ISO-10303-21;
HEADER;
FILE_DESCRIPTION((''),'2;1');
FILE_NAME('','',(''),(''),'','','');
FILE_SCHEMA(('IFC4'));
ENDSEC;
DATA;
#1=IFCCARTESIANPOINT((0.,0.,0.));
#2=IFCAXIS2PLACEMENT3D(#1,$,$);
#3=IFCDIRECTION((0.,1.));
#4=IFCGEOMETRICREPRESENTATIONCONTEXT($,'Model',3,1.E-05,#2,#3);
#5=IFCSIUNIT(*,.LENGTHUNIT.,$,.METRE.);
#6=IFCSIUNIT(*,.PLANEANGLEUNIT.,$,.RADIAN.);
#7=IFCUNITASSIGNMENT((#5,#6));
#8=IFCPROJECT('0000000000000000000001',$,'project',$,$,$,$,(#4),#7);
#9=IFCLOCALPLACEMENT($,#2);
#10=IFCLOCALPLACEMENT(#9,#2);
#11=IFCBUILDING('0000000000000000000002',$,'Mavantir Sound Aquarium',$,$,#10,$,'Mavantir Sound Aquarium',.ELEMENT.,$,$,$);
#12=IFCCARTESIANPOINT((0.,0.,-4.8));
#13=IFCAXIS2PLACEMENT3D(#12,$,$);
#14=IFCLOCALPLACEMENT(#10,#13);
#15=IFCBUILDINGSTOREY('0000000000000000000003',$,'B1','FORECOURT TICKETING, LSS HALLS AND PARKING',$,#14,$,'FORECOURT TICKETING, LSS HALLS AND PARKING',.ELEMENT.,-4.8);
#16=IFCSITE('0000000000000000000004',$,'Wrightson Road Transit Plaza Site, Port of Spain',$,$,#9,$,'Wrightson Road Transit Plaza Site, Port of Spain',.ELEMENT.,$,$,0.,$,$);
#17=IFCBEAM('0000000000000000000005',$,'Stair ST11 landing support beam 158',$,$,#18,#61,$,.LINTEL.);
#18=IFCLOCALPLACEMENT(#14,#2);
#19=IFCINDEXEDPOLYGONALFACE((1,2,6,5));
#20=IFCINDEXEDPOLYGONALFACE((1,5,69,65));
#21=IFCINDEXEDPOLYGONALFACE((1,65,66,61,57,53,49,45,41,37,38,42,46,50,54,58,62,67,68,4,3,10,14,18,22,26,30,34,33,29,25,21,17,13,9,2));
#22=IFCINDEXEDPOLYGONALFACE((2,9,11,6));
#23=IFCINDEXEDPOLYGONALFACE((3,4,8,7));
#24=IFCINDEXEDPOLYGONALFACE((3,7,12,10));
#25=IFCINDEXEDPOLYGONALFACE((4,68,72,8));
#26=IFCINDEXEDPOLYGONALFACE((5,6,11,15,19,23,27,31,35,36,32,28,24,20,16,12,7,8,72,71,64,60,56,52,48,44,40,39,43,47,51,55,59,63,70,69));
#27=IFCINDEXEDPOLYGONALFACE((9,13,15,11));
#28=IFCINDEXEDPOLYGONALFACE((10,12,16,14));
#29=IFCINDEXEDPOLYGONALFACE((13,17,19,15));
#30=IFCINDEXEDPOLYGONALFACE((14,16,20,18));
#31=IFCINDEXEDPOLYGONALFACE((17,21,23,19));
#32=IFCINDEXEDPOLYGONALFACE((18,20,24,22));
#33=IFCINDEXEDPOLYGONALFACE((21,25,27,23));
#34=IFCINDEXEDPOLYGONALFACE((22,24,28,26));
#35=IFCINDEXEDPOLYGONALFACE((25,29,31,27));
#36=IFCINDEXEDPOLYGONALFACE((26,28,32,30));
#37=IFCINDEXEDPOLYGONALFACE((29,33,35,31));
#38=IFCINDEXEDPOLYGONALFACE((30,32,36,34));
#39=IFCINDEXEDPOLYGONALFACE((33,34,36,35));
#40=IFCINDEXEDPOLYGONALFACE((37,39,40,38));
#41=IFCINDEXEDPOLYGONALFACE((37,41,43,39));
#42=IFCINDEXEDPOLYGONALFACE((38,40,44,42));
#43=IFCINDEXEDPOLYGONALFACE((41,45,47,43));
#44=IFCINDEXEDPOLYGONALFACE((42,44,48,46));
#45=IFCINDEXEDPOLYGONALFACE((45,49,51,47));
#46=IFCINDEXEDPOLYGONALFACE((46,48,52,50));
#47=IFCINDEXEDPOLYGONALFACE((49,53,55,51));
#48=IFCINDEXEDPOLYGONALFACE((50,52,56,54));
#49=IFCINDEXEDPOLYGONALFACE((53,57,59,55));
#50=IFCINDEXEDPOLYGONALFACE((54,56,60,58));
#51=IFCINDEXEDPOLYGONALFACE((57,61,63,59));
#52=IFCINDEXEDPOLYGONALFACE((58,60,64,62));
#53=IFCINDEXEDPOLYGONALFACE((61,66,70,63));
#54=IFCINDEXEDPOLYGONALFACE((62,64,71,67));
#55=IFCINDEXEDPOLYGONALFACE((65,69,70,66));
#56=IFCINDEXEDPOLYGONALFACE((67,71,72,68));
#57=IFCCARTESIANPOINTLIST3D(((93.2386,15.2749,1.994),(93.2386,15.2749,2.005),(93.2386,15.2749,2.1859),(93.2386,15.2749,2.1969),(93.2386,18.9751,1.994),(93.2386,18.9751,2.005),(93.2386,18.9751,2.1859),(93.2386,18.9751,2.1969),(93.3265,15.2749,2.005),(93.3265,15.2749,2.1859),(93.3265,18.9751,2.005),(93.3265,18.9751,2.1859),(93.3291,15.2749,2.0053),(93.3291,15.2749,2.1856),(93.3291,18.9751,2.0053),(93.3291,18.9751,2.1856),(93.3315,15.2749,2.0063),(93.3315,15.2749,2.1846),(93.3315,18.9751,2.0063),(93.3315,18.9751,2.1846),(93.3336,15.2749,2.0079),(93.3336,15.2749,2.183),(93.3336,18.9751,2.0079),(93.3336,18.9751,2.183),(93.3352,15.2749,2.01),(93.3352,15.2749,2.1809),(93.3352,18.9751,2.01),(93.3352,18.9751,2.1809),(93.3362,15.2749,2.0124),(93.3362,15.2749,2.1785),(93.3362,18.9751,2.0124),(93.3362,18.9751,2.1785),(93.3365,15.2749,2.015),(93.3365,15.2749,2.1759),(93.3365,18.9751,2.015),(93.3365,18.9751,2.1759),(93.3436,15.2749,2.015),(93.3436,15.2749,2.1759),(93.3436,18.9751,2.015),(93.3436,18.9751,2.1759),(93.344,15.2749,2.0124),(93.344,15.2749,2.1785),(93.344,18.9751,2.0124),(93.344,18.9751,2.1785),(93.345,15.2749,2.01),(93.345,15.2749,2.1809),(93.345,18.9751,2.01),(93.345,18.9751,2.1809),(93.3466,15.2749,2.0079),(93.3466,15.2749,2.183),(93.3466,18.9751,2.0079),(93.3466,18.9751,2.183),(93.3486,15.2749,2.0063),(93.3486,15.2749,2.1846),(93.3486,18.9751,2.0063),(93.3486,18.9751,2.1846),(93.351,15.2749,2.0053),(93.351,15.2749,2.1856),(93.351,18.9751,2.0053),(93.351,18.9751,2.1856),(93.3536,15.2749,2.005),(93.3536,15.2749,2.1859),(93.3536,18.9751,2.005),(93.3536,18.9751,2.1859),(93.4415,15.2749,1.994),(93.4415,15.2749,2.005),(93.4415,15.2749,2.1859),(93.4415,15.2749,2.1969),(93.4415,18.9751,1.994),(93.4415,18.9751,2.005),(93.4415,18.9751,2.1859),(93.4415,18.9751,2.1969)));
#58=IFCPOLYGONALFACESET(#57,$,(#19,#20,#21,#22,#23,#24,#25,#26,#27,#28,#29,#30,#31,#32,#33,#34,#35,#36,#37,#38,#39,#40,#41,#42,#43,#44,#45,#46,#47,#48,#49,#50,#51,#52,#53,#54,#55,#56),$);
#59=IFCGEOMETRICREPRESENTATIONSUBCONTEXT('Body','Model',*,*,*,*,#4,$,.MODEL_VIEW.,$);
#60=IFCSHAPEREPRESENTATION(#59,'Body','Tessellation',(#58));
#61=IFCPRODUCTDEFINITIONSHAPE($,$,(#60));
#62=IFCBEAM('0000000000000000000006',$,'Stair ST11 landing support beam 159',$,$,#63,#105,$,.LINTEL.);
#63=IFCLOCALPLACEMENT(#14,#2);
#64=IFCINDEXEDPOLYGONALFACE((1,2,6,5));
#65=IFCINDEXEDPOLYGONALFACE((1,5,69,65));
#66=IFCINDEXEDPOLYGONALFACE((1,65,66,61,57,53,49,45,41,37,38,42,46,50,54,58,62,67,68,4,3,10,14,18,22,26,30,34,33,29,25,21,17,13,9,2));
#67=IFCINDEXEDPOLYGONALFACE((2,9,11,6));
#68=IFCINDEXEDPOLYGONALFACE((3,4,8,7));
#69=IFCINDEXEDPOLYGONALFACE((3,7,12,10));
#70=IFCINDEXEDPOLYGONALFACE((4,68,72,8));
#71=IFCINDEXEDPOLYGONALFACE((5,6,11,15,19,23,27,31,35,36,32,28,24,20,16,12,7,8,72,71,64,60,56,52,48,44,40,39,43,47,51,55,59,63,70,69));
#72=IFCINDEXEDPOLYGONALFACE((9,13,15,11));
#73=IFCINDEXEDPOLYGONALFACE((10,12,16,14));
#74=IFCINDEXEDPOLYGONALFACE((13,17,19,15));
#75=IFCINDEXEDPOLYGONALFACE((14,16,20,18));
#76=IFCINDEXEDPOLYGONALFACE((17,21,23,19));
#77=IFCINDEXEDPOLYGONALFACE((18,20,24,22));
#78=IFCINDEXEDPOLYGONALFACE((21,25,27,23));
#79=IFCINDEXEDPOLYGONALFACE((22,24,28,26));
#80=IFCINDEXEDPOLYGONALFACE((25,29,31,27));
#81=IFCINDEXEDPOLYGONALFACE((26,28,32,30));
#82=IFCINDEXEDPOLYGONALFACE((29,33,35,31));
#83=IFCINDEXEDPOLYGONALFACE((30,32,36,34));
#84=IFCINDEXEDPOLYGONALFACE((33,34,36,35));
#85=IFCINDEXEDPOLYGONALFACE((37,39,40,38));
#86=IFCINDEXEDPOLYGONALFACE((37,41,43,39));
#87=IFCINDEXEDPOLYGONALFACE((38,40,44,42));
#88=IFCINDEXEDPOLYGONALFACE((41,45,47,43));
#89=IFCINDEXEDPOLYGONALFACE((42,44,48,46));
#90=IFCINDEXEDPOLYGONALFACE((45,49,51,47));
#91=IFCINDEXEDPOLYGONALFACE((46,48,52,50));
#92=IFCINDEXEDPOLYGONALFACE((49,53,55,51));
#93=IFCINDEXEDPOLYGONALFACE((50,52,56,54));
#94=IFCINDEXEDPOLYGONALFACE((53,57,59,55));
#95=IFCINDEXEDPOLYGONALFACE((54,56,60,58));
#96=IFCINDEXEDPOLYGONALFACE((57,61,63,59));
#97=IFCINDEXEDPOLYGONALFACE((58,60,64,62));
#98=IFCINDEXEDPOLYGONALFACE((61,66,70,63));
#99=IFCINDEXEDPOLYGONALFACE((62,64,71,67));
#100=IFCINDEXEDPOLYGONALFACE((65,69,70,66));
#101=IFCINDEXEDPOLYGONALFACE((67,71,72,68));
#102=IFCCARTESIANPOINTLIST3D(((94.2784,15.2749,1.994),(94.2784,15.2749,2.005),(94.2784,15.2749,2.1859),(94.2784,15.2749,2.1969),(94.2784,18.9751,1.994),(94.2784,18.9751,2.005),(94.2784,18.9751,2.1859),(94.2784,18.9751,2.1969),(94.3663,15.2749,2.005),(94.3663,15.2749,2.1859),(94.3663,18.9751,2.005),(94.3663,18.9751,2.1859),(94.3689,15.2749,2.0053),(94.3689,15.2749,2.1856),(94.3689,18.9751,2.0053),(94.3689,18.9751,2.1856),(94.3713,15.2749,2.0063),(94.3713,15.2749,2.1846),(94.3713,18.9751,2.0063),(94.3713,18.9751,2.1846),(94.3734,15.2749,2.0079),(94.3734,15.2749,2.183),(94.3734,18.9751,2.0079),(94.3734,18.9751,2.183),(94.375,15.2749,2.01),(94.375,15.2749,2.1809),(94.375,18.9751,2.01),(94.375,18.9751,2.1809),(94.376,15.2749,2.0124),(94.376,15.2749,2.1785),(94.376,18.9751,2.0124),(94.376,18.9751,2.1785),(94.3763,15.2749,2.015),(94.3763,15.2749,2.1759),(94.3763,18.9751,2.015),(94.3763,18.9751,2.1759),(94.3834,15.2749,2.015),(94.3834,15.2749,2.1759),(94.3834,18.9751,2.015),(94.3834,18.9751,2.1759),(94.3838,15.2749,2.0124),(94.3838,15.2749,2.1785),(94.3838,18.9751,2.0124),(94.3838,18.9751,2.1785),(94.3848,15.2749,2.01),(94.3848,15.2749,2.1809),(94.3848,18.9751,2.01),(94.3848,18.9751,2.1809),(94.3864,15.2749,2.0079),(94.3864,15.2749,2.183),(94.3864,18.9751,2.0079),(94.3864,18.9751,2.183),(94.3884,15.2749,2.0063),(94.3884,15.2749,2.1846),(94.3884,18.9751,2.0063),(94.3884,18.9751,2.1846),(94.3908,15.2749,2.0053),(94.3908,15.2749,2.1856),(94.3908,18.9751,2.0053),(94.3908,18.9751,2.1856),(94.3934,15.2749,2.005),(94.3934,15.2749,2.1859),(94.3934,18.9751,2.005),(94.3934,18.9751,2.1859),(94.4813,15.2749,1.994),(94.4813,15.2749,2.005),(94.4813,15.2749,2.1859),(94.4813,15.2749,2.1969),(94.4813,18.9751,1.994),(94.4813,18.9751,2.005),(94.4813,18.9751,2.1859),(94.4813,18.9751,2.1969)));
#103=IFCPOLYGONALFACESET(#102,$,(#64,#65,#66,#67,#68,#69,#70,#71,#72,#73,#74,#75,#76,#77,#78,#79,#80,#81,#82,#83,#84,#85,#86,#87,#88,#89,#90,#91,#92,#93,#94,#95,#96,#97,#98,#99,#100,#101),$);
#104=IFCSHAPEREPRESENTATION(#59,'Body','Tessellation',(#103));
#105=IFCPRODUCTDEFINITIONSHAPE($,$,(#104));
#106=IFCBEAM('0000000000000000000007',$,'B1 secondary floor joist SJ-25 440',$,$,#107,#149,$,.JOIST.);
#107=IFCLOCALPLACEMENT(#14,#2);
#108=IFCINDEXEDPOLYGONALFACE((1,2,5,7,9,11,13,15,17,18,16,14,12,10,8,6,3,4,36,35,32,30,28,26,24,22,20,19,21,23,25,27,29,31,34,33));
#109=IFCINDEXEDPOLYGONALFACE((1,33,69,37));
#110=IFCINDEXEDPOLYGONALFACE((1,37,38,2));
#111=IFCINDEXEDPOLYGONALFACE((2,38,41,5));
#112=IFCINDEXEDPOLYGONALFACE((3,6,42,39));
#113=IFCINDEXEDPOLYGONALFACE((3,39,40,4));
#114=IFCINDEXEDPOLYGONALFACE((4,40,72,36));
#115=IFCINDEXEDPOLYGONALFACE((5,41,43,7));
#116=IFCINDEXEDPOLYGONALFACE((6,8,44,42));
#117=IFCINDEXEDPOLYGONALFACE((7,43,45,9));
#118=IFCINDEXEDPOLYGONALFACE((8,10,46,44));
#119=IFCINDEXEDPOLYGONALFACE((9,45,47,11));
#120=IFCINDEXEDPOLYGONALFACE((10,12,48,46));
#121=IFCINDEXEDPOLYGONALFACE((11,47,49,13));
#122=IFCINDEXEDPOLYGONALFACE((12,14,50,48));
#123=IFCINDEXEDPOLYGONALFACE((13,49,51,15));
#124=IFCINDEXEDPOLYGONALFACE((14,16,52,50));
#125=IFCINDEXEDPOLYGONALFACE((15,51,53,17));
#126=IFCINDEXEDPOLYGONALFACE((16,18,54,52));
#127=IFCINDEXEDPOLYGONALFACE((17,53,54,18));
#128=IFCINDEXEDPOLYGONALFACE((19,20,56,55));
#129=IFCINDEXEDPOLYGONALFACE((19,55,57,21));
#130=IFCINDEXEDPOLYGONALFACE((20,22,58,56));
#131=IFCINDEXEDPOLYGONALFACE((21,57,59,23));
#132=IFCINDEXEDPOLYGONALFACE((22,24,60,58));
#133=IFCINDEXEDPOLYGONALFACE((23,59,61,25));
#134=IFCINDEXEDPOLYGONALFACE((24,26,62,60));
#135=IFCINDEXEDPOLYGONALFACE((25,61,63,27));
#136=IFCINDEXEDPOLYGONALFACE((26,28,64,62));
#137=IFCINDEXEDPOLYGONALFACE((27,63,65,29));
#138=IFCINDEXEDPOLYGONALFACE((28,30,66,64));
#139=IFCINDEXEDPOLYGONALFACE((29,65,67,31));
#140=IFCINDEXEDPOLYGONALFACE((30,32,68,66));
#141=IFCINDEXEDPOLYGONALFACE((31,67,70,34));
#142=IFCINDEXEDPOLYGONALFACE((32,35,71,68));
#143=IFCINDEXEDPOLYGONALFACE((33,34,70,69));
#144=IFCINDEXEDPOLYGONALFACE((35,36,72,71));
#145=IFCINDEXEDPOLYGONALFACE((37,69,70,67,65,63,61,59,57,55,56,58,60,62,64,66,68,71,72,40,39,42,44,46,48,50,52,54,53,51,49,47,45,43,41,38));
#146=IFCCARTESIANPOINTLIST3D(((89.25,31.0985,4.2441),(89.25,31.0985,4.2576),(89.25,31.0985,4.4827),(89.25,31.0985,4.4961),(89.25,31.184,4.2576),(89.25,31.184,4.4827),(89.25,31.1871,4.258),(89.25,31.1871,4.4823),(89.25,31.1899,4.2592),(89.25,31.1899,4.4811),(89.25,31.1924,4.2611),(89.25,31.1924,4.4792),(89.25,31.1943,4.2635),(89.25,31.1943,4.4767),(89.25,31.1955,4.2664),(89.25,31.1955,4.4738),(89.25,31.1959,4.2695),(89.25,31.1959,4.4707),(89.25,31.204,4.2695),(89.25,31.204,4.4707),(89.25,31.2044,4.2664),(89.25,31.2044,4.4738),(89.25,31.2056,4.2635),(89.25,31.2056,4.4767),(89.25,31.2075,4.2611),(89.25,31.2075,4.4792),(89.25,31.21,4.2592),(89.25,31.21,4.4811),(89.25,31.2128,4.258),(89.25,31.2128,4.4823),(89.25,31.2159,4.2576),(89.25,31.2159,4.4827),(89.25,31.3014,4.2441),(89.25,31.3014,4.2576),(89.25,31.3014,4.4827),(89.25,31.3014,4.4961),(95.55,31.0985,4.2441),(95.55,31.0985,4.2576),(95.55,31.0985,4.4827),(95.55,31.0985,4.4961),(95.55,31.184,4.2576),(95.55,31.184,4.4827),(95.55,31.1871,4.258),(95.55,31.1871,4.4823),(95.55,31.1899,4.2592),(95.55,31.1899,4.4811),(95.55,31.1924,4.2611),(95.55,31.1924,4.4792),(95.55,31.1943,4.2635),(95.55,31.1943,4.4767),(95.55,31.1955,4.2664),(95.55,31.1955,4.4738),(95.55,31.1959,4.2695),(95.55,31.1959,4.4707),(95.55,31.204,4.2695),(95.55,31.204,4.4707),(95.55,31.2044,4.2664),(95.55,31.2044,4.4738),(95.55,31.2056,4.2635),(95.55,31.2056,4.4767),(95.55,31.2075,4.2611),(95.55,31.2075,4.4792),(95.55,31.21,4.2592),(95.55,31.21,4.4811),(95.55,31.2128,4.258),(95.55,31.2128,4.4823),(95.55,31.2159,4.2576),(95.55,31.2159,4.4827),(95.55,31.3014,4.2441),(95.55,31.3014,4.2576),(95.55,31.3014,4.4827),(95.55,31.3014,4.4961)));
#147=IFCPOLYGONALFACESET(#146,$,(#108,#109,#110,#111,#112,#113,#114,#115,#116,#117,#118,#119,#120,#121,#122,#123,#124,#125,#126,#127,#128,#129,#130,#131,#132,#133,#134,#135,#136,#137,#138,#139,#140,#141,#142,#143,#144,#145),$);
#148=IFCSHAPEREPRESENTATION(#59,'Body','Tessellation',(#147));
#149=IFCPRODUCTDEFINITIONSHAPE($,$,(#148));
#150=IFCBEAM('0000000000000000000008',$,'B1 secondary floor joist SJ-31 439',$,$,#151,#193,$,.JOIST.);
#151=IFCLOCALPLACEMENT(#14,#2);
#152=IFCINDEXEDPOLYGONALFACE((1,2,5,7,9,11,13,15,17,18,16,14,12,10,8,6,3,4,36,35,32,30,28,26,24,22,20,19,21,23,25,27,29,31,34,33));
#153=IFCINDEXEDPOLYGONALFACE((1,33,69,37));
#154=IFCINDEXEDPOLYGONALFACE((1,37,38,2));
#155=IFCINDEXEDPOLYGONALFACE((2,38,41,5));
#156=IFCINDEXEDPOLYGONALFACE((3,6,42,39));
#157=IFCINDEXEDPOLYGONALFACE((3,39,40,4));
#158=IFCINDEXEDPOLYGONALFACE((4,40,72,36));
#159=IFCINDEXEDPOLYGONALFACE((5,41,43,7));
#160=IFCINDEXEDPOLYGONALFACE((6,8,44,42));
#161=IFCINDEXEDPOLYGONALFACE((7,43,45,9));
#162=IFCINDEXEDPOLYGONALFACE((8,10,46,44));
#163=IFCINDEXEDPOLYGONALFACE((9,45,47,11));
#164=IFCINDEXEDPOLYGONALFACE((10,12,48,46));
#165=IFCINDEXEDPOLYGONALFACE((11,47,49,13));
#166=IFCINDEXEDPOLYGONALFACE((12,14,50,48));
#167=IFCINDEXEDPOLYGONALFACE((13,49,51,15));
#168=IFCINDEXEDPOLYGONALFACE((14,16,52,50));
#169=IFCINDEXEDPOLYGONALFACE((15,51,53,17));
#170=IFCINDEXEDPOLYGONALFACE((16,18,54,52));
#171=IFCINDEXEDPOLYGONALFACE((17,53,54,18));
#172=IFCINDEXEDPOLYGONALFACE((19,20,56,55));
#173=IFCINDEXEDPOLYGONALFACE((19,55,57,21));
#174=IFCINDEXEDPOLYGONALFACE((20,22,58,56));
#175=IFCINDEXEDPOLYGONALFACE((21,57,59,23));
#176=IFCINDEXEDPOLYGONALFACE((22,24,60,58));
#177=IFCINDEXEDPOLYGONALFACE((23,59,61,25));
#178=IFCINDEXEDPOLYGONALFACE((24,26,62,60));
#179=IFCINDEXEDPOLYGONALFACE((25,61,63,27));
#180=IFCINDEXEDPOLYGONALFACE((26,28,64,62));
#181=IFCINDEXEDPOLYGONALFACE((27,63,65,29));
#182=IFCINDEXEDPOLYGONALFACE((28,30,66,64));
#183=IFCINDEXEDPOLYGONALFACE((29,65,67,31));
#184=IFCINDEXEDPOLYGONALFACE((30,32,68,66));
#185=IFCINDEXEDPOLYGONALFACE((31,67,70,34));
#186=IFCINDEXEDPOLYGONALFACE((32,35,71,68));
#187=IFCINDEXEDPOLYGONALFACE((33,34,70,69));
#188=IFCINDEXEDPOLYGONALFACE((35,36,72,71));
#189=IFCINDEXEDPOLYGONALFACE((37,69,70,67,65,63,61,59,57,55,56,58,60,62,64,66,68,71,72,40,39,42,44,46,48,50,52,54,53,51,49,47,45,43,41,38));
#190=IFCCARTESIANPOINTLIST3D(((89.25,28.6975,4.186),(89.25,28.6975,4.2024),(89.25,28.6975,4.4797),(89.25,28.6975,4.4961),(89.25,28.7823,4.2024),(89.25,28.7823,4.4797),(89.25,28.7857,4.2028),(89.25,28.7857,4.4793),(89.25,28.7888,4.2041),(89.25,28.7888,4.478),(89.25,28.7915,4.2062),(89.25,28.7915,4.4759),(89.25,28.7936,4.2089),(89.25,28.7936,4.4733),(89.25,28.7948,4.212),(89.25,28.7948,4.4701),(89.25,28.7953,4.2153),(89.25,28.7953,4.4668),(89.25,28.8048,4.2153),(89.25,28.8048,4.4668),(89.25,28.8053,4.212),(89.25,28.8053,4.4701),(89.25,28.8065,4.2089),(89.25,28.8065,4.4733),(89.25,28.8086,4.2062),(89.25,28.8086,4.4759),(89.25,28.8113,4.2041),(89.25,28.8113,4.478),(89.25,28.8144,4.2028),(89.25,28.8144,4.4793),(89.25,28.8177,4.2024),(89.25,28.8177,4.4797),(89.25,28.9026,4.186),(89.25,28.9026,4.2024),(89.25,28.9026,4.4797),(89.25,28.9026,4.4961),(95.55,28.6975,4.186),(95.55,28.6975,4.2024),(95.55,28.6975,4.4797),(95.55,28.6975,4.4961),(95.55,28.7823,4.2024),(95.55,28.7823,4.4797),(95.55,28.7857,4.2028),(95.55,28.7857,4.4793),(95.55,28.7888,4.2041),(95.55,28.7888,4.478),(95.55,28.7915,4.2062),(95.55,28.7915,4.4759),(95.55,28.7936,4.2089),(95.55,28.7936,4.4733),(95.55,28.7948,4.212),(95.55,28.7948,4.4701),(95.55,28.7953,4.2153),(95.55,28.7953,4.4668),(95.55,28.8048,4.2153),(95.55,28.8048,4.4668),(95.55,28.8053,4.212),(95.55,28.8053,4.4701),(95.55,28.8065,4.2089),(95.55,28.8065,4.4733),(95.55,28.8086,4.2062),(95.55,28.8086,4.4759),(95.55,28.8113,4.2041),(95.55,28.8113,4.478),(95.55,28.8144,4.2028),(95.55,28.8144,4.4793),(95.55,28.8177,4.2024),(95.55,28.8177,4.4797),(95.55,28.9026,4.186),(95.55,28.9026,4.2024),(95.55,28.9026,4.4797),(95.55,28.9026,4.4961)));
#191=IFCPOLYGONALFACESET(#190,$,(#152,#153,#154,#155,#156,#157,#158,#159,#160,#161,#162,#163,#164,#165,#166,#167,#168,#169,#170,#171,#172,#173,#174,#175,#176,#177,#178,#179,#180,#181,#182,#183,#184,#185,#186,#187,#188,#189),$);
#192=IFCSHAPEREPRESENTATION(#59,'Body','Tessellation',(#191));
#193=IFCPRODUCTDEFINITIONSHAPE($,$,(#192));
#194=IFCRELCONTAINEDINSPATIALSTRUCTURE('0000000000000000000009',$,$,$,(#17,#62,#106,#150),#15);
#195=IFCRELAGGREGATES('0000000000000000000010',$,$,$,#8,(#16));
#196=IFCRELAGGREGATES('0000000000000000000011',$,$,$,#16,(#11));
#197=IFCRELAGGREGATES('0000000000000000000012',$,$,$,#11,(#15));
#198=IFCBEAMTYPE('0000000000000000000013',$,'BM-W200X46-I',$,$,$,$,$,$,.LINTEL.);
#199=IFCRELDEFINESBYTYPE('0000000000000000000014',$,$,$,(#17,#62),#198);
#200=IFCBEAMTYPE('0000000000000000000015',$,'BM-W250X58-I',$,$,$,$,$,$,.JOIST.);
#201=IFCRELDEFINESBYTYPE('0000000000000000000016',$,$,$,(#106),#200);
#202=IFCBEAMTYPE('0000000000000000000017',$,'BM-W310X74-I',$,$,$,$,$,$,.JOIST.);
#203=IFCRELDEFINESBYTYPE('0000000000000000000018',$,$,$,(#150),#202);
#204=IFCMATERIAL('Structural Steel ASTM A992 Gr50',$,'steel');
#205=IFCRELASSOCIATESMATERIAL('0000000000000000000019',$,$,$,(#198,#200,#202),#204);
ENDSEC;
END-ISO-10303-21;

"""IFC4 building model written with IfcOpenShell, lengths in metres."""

from ifc_helpers import new_model, si_unit, direction, frame, origin, origin_2d, place, context, subcontext, project, spatial, i_section, extrude, material, material_profile, profile_set, type_object, element, save


model = new_model("IFC4")

# Units and contexts
model_context = context("Model", 3, precision=1e-05, world=origin(), true_north=direction((0.0, 1.0)))
body_context = subcontext(model_context, "Body", "Model", "MODEL_VIEW")
ifc_project = project(units=[si_unit("LENGTHUNIT", "METRE"), si_unit("PLANEANGLEUNIT", "RADIAN")], contexts=[model_context])

# Site, building, storey
site_placement = place(None, origin())
site = spatial("IfcSite", under=ifc_project, at=site_placement, Name="Wrightson Road Transit Plaza Site, Port of Spain", LongName="Wrightson Road Transit Plaza Site, Port of Spain", CompositionType="ELEMENT", RefElevation=0.0)
building_placement = place(site_placement, origin())
building = spatial("IfcBuilding", under=site, at=building_placement, Name="Mavantir Sound Aquarium", LongName="Mavantir Sound Aquarium", CompositionType="ELEMENT")
storey_placement = place(building_placement, frame((0.0, 0.0, -4.8)))
storey = spatial("IfcBuildingStorey", under=building, at=storey_placement, Name="B1", Description="FORECOURT TICKETING, LSS HALLS AND PARKING", LongName="FORECOURT TICKETING, LSS HALLS AND PARKING", CompositionType="ELEMENT", Elevation=-4.8)

# Beams
ifc_material_1 = material(Name="Structural Steel ASTM A992 Gr50", Category="steel")
ifc_material_profile_1 = material_profile(ifc_material_1, i_section(OverallWidth=0.2029, OverallDepth=0.2029, WebThickness=0.0071, FlangeThickness=0.011, FilletRadius=0.01, at=origin_2d()), Name="W200X46")
ifc_profile_set_1 = profile_set([ifc_material_profile_1], Name="Structural Steel ASTM A992 Gr50")
beam_type_1 = type_object("IfcBeamType", Name="BM-W200X46-I", PredefinedType="LINTEL", material=ifc_profile_set_1)
for number, where, z_axis, x_axis, name in (
    (1, (93.3401, 15.2749, 2.0955), (0.0, 1.0, 0.0), (-1.0, 0.0, 0.0), "Stair ST11 landing support beam 158"),
    (2, (94.3799, 15.2749, 2.0955), (0.0, 1.0, 0.0), (-1.0, 0.0, 0.0), "Stair ST11 landing support beam 159"),
):
    element("IfcBeam", number, at=place(storey_placement, frame(where, z_axis=z_axis, x_axis=x_axis)), inside=storey, type_object=beam_type_1, Name=name, PredefinedType="LINTEL", context=body_context, shape_type="SweptSolid", body=[
        extrude(i_section(OverallWidth=0.2029, OverallDepth=0.2029, WebThickness=0.0071, FlangeThickness=0.011, FilletRadius=0.01, at=origin_2d()), origin(), (0.0, 0.0, 1.0), 3.7002),
    ])
ifc_material_profile_2 = material_profile(ifc_material_1, i_section(OverallWidth=0.2029, OverallDepth=0.252, WebThickness=0.0081, FlangeThickness=0.0134, FilletRadius=0.012, at=origin_2d()), Name="W250X58")
ifc_profile_set_2 = profile_set([ifc_material_profile_2], Name="Structural Steel ASTM A992 Gr50")
beam_type_2 = type_object("IfcBeamType", Name="BM-W250X58-I", PredefinedType="JOIST", material=ifc_profile_set_2)
beam_1_placement = place(storey_placement, frame((89.25, 31.2, 4.3701), z_axis=(1.0, 0.0, 0.0), x_axis=(0.0, 1.0, 0.0)))
element("IfcBeam", 3, at=beam_1_placement, inside=storey, type_object=beam_type_2, Name="B1 secondary floor joist SJ-25 440", PredefinedType="JOIST", context=body_context, shape_type="SweptSolid", body=[
    extrude(i_section(OverallWidth=0.2029, OverallDepth=0.252, WebThickness=0.0081, FlangeThickness=0.0134, FilletRadius=0.012, at=origin_2d()), origin(), (0.0, 0.0, 1.0), 6.3),
])
ifc_material_profile_3 = material_profile(ifc_material_1, i_section(OverallWidth=0.2051, OverallDepth=0.3101, WebThickness=0.0095, FlangeThickness=0.0164, FilletRadius=0.0129, at=origin_2d()), Name="W310X74")
ifc_profile_set_3 = profile_set([ifc_material_profile_3], Name="Structural Steel ASTM A992 Gr50")
beam_type_3 = type_object("IfcBeamType", Name="BM-W310X74-I", PredefinedType="JOIST", material=ifc_profile_set_3)
beam_2_placement = place(storey_placement, frame((89.25, 28.8, 4.3411), z_axis=(1.0, 0.0, 0.0), x_axis=(0.0, 1.0, 0.0)))
element("IfcBeam", 4, at=beam_2_placement, inside=storey, type_object=beam_type_3, Name="B1 secondary floor joist SJ-31 439", PredefinedType="JOIST", context=body_context, shape_type="SweptSolid", body=[
    extrude(i_section(OverallWidth=0.2051, OverallDepth=0.3101, WebThickness=0.0095, FlangeThickness=0.0164, FilletRadius=0.0129, at=origin_2d()), origin(), (0.0, 0.0, 1.0), 6.3),
])

save(model, "model.ifc")
